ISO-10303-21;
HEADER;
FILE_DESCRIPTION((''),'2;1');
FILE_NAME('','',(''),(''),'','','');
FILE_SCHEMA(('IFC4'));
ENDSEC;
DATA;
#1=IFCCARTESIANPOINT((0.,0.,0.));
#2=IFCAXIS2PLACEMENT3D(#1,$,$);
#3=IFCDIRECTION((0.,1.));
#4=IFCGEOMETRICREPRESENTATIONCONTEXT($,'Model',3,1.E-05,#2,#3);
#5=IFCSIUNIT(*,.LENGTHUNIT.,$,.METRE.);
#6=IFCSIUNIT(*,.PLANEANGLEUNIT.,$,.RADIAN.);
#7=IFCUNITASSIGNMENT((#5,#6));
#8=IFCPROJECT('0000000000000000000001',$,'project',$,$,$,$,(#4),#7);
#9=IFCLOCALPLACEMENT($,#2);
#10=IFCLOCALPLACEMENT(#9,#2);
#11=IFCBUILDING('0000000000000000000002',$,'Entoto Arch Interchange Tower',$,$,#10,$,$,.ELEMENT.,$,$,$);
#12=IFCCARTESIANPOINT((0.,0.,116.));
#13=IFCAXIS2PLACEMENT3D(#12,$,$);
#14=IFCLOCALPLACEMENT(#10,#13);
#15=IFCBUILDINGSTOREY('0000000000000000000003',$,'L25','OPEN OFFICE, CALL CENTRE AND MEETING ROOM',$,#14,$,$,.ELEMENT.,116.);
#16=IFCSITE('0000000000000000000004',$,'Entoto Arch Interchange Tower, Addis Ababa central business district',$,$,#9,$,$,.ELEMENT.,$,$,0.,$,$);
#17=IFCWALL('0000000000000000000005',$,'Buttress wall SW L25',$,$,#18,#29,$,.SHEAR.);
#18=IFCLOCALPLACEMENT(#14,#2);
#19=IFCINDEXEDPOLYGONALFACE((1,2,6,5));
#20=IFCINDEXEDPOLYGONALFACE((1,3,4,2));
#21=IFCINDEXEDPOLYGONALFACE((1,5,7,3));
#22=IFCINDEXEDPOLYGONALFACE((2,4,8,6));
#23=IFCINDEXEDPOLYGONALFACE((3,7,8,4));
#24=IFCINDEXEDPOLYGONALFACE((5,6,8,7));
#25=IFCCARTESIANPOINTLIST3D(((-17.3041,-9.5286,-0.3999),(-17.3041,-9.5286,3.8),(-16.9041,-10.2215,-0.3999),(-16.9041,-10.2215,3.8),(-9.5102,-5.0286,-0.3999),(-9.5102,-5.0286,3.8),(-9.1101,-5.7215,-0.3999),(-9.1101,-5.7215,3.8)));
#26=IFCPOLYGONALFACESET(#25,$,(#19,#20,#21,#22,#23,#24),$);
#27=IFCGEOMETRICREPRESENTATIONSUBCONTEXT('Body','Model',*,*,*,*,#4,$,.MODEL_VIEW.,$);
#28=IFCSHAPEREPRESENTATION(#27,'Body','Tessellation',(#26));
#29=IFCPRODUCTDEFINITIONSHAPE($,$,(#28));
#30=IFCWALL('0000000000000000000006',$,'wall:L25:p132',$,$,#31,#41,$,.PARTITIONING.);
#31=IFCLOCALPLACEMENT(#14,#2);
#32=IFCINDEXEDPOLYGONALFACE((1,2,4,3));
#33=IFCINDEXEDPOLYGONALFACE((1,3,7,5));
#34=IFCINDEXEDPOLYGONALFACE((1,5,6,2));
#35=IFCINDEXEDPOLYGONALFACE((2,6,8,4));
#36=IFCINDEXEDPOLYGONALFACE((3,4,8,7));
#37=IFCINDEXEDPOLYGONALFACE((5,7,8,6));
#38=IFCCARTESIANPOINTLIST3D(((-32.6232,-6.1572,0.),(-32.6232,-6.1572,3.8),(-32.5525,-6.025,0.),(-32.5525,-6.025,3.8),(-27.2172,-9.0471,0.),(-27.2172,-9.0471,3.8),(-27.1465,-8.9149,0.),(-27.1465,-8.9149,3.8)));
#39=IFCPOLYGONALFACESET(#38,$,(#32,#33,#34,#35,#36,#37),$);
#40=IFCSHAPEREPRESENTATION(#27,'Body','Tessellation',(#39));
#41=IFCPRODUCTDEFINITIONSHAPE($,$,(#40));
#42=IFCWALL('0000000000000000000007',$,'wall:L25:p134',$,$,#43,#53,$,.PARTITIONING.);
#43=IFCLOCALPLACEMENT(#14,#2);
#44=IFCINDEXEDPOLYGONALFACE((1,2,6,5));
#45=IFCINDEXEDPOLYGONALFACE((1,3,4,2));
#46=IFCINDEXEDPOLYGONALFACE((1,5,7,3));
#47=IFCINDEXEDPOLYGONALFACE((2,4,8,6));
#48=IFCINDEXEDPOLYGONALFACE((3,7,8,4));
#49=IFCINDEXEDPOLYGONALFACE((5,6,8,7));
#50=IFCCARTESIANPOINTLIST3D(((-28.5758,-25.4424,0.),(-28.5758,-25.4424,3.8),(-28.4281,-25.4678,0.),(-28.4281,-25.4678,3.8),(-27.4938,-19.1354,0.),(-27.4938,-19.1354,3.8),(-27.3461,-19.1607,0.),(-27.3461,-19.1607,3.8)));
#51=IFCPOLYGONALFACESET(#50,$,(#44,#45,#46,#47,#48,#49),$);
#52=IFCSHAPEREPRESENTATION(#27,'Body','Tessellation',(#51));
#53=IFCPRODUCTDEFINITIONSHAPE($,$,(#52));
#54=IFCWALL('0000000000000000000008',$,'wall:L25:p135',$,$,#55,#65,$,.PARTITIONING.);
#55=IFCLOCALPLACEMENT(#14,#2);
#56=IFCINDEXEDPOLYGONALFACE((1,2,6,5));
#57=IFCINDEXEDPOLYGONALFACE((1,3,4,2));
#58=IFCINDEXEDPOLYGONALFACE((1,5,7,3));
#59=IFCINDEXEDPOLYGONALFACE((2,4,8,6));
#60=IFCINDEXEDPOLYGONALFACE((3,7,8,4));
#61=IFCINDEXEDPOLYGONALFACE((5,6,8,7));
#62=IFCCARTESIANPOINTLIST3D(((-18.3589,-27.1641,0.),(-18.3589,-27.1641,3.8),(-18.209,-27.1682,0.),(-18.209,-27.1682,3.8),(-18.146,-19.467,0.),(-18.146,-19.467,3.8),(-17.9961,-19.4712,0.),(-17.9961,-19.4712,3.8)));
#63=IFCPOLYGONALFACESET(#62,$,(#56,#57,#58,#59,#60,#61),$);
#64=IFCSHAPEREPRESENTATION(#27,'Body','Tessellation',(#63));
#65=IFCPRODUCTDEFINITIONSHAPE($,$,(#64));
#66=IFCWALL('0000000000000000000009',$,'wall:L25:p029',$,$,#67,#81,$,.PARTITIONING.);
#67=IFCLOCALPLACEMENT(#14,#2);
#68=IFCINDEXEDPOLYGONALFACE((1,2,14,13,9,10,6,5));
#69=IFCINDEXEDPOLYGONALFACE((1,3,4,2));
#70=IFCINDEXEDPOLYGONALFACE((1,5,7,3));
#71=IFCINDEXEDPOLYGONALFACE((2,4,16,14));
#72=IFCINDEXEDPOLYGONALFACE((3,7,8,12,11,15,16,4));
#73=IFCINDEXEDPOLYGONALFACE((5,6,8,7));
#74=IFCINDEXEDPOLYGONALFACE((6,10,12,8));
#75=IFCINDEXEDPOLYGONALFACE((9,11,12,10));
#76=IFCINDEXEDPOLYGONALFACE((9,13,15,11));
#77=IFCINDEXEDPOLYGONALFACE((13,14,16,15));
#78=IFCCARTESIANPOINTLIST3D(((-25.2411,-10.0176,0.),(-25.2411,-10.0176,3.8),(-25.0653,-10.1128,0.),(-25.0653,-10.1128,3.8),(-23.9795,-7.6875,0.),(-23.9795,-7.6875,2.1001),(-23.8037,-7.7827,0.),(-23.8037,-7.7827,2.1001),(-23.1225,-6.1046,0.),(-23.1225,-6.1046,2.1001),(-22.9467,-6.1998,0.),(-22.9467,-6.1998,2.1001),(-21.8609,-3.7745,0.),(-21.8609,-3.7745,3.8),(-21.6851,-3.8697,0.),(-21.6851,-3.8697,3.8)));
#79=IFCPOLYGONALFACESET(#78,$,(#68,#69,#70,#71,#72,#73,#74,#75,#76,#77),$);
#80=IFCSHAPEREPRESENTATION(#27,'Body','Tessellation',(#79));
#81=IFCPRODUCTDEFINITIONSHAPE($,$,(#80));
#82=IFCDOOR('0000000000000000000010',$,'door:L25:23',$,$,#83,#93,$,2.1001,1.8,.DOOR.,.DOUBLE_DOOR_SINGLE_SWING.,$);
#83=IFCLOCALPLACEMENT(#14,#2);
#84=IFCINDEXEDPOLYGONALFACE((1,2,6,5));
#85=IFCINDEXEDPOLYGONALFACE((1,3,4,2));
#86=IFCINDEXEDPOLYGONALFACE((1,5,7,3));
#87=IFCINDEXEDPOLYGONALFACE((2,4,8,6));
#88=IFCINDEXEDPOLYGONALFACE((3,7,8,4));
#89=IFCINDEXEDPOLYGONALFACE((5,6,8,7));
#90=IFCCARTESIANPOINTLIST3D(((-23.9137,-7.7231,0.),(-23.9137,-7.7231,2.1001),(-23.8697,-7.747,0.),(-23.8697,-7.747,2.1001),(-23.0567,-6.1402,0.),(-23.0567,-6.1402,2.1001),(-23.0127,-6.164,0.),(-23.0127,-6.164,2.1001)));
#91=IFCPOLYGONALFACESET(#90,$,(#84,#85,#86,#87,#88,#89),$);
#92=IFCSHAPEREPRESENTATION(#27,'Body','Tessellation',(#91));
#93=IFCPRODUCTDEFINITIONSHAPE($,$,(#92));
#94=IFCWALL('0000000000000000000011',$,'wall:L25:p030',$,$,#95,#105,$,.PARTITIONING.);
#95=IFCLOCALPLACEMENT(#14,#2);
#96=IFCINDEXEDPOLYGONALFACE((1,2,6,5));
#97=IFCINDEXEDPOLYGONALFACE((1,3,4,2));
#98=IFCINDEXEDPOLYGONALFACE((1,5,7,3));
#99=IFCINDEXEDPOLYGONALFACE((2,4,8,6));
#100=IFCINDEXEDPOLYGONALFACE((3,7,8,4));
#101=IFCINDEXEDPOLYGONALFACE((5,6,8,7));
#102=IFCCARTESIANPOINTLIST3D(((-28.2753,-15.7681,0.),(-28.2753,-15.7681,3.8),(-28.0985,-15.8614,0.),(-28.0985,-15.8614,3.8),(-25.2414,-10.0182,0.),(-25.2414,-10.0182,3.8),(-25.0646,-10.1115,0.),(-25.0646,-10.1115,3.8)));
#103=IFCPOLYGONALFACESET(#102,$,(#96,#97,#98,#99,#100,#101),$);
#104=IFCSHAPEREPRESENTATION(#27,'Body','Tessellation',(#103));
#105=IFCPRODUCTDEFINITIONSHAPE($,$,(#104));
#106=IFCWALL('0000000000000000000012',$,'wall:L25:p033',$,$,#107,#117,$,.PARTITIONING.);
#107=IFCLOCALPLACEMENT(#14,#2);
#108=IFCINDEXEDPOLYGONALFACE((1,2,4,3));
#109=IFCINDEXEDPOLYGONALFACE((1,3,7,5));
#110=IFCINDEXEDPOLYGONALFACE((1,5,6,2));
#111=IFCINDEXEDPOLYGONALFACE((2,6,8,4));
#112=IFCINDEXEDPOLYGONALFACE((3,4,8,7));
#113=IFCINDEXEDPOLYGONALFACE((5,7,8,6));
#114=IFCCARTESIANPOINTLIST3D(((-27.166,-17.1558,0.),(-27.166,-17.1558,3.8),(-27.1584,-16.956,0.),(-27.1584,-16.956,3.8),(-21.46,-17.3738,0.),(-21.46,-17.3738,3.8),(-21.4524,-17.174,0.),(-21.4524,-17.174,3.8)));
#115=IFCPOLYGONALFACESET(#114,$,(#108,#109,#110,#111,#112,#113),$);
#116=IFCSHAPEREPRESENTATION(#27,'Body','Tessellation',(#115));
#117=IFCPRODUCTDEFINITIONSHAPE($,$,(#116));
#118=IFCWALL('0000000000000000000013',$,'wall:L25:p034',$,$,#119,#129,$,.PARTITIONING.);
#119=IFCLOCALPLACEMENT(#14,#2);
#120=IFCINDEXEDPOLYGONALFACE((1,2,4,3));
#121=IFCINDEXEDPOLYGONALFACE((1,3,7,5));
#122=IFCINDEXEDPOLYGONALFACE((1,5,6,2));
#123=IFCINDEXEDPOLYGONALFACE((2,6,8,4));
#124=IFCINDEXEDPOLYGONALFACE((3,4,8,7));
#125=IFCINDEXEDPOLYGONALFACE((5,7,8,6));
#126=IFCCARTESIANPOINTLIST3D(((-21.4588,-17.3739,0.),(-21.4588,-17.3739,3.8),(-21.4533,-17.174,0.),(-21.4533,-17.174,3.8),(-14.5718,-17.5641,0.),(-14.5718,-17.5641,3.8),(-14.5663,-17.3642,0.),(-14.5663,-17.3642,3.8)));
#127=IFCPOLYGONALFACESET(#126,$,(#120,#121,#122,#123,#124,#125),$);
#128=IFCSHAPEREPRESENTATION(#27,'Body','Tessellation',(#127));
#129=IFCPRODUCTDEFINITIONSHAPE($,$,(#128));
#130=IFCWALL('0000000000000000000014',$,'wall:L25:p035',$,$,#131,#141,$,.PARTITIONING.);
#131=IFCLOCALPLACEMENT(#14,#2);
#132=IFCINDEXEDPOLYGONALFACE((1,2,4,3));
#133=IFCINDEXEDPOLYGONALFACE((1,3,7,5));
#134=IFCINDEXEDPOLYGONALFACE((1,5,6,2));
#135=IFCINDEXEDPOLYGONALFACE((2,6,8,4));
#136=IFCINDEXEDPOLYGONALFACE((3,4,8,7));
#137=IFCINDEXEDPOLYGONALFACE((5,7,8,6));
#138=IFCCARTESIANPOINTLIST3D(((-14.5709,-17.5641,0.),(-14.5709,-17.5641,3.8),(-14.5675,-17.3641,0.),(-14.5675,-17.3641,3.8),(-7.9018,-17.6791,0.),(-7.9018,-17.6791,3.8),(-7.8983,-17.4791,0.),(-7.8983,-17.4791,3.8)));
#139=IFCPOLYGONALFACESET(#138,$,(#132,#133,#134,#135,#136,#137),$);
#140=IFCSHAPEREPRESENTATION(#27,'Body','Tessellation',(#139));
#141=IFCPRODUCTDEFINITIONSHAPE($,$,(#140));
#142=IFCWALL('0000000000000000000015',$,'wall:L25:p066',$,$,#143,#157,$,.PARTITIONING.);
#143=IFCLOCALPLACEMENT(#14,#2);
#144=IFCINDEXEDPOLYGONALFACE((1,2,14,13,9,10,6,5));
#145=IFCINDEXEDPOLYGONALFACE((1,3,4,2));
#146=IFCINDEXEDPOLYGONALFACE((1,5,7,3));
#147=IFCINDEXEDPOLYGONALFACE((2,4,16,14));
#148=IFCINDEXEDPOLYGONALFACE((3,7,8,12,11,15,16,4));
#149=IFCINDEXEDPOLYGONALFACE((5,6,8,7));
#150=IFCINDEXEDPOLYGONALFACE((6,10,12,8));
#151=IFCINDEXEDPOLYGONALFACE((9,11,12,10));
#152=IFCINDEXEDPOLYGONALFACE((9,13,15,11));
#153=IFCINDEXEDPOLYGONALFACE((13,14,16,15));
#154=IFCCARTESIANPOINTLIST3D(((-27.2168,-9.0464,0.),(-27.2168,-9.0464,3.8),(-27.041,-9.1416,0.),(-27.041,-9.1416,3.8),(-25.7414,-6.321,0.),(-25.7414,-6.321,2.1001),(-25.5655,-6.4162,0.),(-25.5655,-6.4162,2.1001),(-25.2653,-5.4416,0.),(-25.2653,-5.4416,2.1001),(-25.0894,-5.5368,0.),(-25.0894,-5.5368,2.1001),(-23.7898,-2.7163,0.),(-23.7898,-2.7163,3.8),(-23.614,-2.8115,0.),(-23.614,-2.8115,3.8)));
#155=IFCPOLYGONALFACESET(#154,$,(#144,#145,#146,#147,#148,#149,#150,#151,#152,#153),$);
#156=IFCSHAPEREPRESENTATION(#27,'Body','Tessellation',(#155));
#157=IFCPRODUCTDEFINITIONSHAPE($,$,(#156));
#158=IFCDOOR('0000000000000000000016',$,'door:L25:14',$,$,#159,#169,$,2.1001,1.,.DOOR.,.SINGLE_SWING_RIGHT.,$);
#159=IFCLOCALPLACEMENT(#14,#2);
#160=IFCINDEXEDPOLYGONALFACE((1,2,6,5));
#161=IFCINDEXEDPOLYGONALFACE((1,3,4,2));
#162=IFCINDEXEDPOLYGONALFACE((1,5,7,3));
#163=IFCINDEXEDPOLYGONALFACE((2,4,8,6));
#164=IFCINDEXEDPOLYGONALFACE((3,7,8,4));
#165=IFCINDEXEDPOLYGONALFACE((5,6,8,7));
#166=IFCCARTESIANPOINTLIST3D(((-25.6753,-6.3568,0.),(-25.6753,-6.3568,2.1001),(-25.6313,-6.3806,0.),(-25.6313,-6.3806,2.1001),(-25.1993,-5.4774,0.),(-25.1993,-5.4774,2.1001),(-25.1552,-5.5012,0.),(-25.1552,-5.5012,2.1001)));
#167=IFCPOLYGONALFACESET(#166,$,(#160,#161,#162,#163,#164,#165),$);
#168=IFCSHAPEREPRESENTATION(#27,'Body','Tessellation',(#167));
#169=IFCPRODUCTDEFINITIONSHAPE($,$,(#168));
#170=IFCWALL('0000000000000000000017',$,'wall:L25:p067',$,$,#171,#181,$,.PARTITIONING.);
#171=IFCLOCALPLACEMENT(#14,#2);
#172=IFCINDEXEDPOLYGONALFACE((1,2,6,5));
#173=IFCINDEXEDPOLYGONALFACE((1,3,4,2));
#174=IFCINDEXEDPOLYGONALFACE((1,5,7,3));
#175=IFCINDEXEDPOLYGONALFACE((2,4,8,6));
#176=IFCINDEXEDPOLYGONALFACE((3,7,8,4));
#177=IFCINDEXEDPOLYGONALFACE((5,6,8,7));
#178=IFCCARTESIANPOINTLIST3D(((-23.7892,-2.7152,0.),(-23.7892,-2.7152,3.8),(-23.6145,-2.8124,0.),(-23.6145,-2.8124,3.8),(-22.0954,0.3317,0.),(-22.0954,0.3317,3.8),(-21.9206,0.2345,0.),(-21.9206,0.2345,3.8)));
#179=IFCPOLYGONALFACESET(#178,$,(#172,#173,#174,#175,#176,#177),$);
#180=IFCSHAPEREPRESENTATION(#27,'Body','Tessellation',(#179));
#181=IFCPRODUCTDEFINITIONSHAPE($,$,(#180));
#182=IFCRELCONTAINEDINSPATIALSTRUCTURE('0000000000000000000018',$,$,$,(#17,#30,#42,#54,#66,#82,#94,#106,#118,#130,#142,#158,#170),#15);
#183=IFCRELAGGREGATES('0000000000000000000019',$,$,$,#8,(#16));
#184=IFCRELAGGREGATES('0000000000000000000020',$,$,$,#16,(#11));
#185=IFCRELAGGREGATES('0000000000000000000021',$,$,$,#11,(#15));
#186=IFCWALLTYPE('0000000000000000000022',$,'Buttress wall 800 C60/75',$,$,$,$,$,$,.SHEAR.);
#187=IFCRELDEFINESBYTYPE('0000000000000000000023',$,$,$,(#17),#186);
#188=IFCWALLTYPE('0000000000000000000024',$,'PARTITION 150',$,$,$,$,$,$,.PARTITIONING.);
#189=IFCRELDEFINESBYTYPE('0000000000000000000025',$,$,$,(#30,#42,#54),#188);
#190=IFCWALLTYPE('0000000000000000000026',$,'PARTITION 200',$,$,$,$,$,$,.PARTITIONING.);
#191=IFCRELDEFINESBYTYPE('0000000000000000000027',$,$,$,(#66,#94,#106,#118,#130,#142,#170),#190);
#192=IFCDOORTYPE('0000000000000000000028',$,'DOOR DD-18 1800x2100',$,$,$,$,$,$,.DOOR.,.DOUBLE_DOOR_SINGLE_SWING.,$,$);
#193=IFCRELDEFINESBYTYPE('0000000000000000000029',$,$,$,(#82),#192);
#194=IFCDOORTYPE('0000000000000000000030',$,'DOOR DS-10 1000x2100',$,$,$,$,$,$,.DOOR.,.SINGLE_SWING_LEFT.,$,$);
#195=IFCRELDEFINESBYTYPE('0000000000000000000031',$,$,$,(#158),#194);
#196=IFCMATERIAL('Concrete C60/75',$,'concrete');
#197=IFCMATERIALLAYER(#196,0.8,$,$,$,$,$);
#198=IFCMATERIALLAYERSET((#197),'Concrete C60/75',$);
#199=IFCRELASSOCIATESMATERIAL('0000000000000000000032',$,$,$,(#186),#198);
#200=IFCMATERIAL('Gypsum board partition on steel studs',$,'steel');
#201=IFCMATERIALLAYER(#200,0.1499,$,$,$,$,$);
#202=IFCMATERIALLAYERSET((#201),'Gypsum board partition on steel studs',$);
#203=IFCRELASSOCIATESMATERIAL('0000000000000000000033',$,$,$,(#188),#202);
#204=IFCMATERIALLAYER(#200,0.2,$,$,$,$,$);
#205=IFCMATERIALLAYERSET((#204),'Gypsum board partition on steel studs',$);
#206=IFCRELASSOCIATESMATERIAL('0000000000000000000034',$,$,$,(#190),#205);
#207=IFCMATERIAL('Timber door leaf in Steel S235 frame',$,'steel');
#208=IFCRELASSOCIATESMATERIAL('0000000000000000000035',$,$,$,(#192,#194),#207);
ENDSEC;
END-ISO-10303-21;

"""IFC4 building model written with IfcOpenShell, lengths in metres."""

from ifc_helpers import new_model, si_unit, direction, frame, frame_2d, origin, place, context, subcontext, project, spatial, rectangle, extrude, material, layer, layer_set, type_object, element, fill, save


model = new_model("IFC4")

# Units and contexts
model_context = context("Model", 3, precision=1e-05, world=origin(), true_north=direction((0.0, 1.0)))
body_context = subcontext(model_context, "Body", "Model", "MODEL_VIEW")
ifc_project = project(units=[si_unit("LENGTHUNIT", "METRE"), si_unit("PLANEANGLEUNIT", "RADIAN")], contexts=[model_context])

# Site, building, storey
site_placement = place(None, origin())
site = spatial("IfcSite", under=ifc_project, at=site_placement, Name="Entoto Arch Interchange Tower, Addis Ababa central business district", CompositionType="ELEMENT", RefElevation=0.0)
building_placement = place(site_placement, origin())
building = spatial("IfcBuilding", under=site, at=building_placement, Name="Entoto Arch Interchange Tower", CompositionType="ELEMENT")
storey_placement = place(building_placement, frame((0.0, 0.0, 116.0)))
storey = spatial("IfcBuildingStorey", under=building, at=storey_placement, Name="L25", Description="OPEN OFFICE, CALL CENTRE AND MEETING ROOM", CompositionType="ELEMENT", Elevation=116.0)

# Walls
ifc_material_1 = material(Name="Concrete C60/75", Category="concrete")
ifc_layer_1 = layer(ifc_material_1, 0.8)
ifc_layer_set_1 = layer_set([ifc_layer_1], Name="Concrete C60/75")
wall_type_1 = type_object("IfcWallType", Name="Buttress wall 800 C60/75", PredefinedType="SHEAR", material=ifc_layer_set_1)
wall_1_placement = place(storey_placement, frame((-9.3101, -5.375, -0.3999), z_axis=(0.0, 0.0, 1.0), x_axis=(-0.866018, -0.500014, 0.0)))
element("IfcWall", 1, at=wall_1_placement, inside=storey, type_object=wall_type_1, Name="Buttress wall SW L25", PredefinedType="SHEAR", context=body_context, shape_type="SweptSolid", body=[
    extrude(rectangle(XDim=8.9998, YDim=0.8, at=frame_2d((4.5, 0.0))), origin(), (0.0, 0.0, 1.0), 4.2),
])
ifc_material_2 = material(Name="Gypsum board partition on steel studs", Category="steel")
ifc_layer_2 = layer(ifc_material_2, 0.1499)
ifc_layer_set_2 = layer_set([ifc_layer_2], Name="Gypsum board partition on steel studs")
wall_type_2 = type_object("IfcWallType", Name="PARTITION 150", PredefinedType="PARTITIONING", material=ifc_layer_set_2)
wall_2_placement = place(storey_placement, frame((-27.1819, -8.981, 0.0), z_axis=(0.0, 0.0, 1.0), x_axis=(-0.881899, 0.471438, 0.0)))
element("IfcWall", 2, at=wall_2_placement, inside=storey, type_object=wall_type_2, Name="wall:L25:p132", PredefinedType="PARTITIONING", context=body_context, shape_type="SweptSolid", body=[
    extrude(rectangle(XDim=6.1299, YDim=0.1499, at=frame_2d((3.0649, 0.0))), origin(), (0.0, 0.0, 1.0), 3.8),
])
wall_3_placement = place(storey_placement, frame((-27.4199, -19.1479, 0.0), z_axis=(0.0, 0.0, 1.0), x_axis=(-0.169087, -0.985601, 0.0)))
element("IfcWall", 3, at=wall_3_placement, inside=storey, type_object=wall_type_2, Name="wall:L25:p134", PredefinedType="PARTITIONING", context=body_context, shape_type="SweptSolid", body=[
    extrude(rectangle(XDim=6.3992, YDim=0.1499, at=frame_2d((3.1997, 0.0))), origin(), (0.0, 0.0, 1.0), 3.8),
])
wall_4_placement = place(storey_placement, frame((-18.071, -19.469, 0.0), z_axis=(0.0, 0.0, 1.0), x_axis=(-0.027648, -0.999618, 0.0)))
element("IfcWall", 4, at=wall_4_placement, inside=storey, type_object=wall_type_2, Name="wall:L25:p135", PredefinedType="PARTITIONING", context=body_context, shape_type="SweptSolid", body=[
    extrude(rectangle(XDim=7.7, YDim=0.1499, at=frame_2d((3.8501, 0.0))), origin(), (0.0, 0.0, 1.0), 3.8),
])

# Wall, opening, door
ifc_layer_3 = layer(ifc_material_2, 0.2)
ifc_layer_set_3 = layer_set([ifc_layer_3], Name="Gypsum board partition on steel studs")
wall_type_3 = type_object("IfcWallType", Name="PARTITION 200", PredefinedType="PARTITIONING", material=ifc_layer_set_3)
wall_5_placement = place(storey_placement, frame((-21.7729, -3.822, 0.0), z_axis=(0.0, 0.0, 1.0), x_axis=(-0.476125, -0.879378, 0.0)))
wall_5 = element("IfcWall", 5, at=wall_5_placement, inside=storey, type_object=wall_type_3, Name="wall:L25:p029", PredefinedType="PARTITIONING", context=body_context, shape_type="SweptSolid", body=[
    extrude(rectangle(XDim=7.0994, YDim=0.2, at=frame_2d((3.5498, 0.0))), origin(), (0.0, 0.0, 1.0), 3.8),
])
opening_1_placement = place(wall_5_placement, frame((2.6499, 0.0, 0.0)))
opening_1 = element("IfcOpeningElement", 6, at=opening_1_placement, cuts=wall_5, PredefinedType="OPENING", context=body_context, shape_type="SweptSolid", body=[
    extrude(rectangle(XDim=1.8, YDim=2.1001, at=frame_2d((0.8999, 1.05))), frame((0.0, 0.1099, 0.0), z_axis=(0.0, -1.0, 0.0), x_axis=(1.0, 0.0, 0.0)), (0.0, 0.0, 1.0), 0.22),
])
ifc_material_3 = material(Name="Timber door leaf in Steel S235 frame", Category="steel")
door_type_1 = type_object("IfcDoorType", Name="DOOR DD-18 1800x2100", OperationType="DOUBLE_DOOR_SINGLE_SWING", PredefinedType="DOOR", material=ifc_material_3)
door_1_placement = place(opening_1_placement, origin())
door_1 = element("IfcDoor", 7, at=door_1_placement, inside=storey, type_object=door_type_1, Name="door:L25:23", OperationType="DOUBLE_DOOR_SINGLE_SWING", OverallHeight=2.1001, OverallWidth=1.8, PredefinedType="DOOR", context=body_context, shape_type="SweptSolid", body=[
    extrude(rectangle(XDim=1.8, YDim=2.1001, at=frame_2d((0.8999, 1.05))), frame((0.0, 0.0249, 0.0), z_axis=(0.0, -1.0, 0.0), x_axis=(1.0, 0.0, 0.0)), (0.0, 0.0, 1.0), 0.05),
])
fill(opening_1, door_1)

# Walls
wall_6_placement = place(storey_placement, frame((-25.1531, -10.0649, 0.0), z_axis=(0.0, 0.0, 1.0), x_axis=(-0.466664, -0.884435, 0.0)))
element("IfcWall", 8, at=wall_6_placement, inside=storey, type_object=wall_type_3, Name="wall:L25:p030", PredefinedType="PARTITIONING", context=body_context, shape_type="SweptSolid", body=[
    extrude(rectangle(XDim=6.5012, YDim=0.2, at=frame_2d((3.2505, 0.0))), origin(), (0.0, 0.0, 1.0), 3.8),
])
wall_7_placement = place(storey_placement, frame((-27.1621, -17.0559, 0.0), z_axis=(0.0, 0.0, 1.0), x_axis=(0.999271, -0.03818, 0.0)))
element("IfcWall", 9, at=wall_7_placement, inside=storey, type_object=wall_type_3, Name="wall:L25:p033", PredefinedType="PARTITIONING", context=body_context, shape_type="SweptSolid", body=[
    extrude(rectangle(XDim=5.7102, YDim=0.2, at=frame_2d((2.855, 0.0))), origin(), (0.0, 0.0, 1.0), 3.8),
])
wall_8_placement = place(storey_placement, frame((-21.4561, -17.2739, 0.0), z_axis=(0.0, 0.0, 1.0), x_axis=(0.999619, -0.027605, 0.0)))
element("IfcWall", 10, at=wall_8_placement, inside=storey, type_object=wall_type_3, Name="wall:L25:p034", PredefinedType="PARTITIONING", context=body_context, shape_type="SweptSolid", body=[
    extrude(rectangle(XDim=6.8896, YDim=0.2, at=frame_2d((3.4448, 0.0))), origin(), (0.0, 0.0, 1.0), 3.8),
])
wall_9_placement = place(storey_placement, frame((-14.5691, -17.4641, 0.0), z_axis=(0.0, 0.0, 1.0), x_axis=(0.999851, -0.017239, 0.0)))
element("IfcWall", 11, at=wall_9_placement, inside=storey, type_object=wall_type_3, Name="wall:L25:p035", PredefinedType="PARTITIONING", context=body_context, shape_type="SweptSolid", body=[
    extrude(rectangle(XDim=6.6702, YDim=0.2, at=frame_2d((3.335, 0.0))), origin(), (0.0, 0.0, 1.0), 3.8),
])

# Wall, opening, door
wall_10_placement = place(storey_placement, frame((-27.1289, -9.094, 0.0), z_axis=(0.0, 0.0, 1.0), x_axis=(0.476091, 0.879396, 0.0)))
wall_10 = element("IfcWall", 12, at=wall_10_placement, inside=storey, type_object=wall_type_3, Name="wall:L25:p066", PredefinedType="PARTITIONING", context=body_context, shape_type="SweptSolid", body=[
    extrude(rectangle(XDim=7.1982, YDim=0.2, at=frame_2d((3.5991, 0.0))), origin(), (0.0, 0.0, 1.0), 3.8),
])
opening_2_placement = place(wall_10_placement, frame((3.0991, 0.0, 0.0)))
opening_2 = element("IfcOpeningElement", 13, at=opening_2_placement, cuts=wall_10, PredefinedType="OPENING", context=body_context, shape_type="SweptSolid", body=[
    extrude(rectangle(XDim=1.0, YDim=2.1001, at=frame_2d((0.5, 1.05))), frame((0.0, 0.1099, 0.0), z_axis=(0.0, -1.0, 0.0), x_axis=(1.0, 0.0, 0.0)), (0.0, 0.0, 1.0), 0.22),
])
door_type_2 = type_object("IfcDoorType", Name="DOOR DS-10 1000x2100", OperationType="SINGLE_SWING_LEFT", PredefinedType="DOOR", material=ifc_material_3)
door_2_placement = place(opening_2_placement, origin())
door_2 = element("IfcDoor", 14, at=door_2_placement, inside=storey, type_object=door_type_2, Name="door:L25:14", OperationType="SINGLE_SWING_RIGHT", OverallHeight=2.1001, OverallWidth=1.0, PredefinedType="DOOR", context=body_context, shape_type="SweptSolid", body=[
    extrude(rectangle(XDim=1.0, YDim=2.1001, at=frame_2d((0.5, 1.05))), frame((0.0, 0.0249, 0.0), z_axis=(0.0, -1.0, 0.0), x_axis=(1.0, 0.0, 0.0)), (0.0, 0.0, 1.0), 0.05),
])
fill(opening_2, door_2)

# Wall
wall_11_placement = place(storey_placement, frame((-23.7019, -2.7639, 0.0), z_axis=(0.0, 0.0, 1.0), x_axis=(0.485893, 0.874018, 0.0)))
element("IfcWall", 15, at=wall_11_placement, inside=storey, type_object=wall_type_3, Name="wall:L25:p067", PredefinedType="PARTITIONING", context=body_context, shape_type="SweptSolid", body=[
    extrude(rectangle(XDim=3.4861, YDim=0.2, at=frame_2d((1.7432, 0.0))), origin(), (0.0, 0.0, 1.0), 3.8),
])

save(model, "model.ifc")
